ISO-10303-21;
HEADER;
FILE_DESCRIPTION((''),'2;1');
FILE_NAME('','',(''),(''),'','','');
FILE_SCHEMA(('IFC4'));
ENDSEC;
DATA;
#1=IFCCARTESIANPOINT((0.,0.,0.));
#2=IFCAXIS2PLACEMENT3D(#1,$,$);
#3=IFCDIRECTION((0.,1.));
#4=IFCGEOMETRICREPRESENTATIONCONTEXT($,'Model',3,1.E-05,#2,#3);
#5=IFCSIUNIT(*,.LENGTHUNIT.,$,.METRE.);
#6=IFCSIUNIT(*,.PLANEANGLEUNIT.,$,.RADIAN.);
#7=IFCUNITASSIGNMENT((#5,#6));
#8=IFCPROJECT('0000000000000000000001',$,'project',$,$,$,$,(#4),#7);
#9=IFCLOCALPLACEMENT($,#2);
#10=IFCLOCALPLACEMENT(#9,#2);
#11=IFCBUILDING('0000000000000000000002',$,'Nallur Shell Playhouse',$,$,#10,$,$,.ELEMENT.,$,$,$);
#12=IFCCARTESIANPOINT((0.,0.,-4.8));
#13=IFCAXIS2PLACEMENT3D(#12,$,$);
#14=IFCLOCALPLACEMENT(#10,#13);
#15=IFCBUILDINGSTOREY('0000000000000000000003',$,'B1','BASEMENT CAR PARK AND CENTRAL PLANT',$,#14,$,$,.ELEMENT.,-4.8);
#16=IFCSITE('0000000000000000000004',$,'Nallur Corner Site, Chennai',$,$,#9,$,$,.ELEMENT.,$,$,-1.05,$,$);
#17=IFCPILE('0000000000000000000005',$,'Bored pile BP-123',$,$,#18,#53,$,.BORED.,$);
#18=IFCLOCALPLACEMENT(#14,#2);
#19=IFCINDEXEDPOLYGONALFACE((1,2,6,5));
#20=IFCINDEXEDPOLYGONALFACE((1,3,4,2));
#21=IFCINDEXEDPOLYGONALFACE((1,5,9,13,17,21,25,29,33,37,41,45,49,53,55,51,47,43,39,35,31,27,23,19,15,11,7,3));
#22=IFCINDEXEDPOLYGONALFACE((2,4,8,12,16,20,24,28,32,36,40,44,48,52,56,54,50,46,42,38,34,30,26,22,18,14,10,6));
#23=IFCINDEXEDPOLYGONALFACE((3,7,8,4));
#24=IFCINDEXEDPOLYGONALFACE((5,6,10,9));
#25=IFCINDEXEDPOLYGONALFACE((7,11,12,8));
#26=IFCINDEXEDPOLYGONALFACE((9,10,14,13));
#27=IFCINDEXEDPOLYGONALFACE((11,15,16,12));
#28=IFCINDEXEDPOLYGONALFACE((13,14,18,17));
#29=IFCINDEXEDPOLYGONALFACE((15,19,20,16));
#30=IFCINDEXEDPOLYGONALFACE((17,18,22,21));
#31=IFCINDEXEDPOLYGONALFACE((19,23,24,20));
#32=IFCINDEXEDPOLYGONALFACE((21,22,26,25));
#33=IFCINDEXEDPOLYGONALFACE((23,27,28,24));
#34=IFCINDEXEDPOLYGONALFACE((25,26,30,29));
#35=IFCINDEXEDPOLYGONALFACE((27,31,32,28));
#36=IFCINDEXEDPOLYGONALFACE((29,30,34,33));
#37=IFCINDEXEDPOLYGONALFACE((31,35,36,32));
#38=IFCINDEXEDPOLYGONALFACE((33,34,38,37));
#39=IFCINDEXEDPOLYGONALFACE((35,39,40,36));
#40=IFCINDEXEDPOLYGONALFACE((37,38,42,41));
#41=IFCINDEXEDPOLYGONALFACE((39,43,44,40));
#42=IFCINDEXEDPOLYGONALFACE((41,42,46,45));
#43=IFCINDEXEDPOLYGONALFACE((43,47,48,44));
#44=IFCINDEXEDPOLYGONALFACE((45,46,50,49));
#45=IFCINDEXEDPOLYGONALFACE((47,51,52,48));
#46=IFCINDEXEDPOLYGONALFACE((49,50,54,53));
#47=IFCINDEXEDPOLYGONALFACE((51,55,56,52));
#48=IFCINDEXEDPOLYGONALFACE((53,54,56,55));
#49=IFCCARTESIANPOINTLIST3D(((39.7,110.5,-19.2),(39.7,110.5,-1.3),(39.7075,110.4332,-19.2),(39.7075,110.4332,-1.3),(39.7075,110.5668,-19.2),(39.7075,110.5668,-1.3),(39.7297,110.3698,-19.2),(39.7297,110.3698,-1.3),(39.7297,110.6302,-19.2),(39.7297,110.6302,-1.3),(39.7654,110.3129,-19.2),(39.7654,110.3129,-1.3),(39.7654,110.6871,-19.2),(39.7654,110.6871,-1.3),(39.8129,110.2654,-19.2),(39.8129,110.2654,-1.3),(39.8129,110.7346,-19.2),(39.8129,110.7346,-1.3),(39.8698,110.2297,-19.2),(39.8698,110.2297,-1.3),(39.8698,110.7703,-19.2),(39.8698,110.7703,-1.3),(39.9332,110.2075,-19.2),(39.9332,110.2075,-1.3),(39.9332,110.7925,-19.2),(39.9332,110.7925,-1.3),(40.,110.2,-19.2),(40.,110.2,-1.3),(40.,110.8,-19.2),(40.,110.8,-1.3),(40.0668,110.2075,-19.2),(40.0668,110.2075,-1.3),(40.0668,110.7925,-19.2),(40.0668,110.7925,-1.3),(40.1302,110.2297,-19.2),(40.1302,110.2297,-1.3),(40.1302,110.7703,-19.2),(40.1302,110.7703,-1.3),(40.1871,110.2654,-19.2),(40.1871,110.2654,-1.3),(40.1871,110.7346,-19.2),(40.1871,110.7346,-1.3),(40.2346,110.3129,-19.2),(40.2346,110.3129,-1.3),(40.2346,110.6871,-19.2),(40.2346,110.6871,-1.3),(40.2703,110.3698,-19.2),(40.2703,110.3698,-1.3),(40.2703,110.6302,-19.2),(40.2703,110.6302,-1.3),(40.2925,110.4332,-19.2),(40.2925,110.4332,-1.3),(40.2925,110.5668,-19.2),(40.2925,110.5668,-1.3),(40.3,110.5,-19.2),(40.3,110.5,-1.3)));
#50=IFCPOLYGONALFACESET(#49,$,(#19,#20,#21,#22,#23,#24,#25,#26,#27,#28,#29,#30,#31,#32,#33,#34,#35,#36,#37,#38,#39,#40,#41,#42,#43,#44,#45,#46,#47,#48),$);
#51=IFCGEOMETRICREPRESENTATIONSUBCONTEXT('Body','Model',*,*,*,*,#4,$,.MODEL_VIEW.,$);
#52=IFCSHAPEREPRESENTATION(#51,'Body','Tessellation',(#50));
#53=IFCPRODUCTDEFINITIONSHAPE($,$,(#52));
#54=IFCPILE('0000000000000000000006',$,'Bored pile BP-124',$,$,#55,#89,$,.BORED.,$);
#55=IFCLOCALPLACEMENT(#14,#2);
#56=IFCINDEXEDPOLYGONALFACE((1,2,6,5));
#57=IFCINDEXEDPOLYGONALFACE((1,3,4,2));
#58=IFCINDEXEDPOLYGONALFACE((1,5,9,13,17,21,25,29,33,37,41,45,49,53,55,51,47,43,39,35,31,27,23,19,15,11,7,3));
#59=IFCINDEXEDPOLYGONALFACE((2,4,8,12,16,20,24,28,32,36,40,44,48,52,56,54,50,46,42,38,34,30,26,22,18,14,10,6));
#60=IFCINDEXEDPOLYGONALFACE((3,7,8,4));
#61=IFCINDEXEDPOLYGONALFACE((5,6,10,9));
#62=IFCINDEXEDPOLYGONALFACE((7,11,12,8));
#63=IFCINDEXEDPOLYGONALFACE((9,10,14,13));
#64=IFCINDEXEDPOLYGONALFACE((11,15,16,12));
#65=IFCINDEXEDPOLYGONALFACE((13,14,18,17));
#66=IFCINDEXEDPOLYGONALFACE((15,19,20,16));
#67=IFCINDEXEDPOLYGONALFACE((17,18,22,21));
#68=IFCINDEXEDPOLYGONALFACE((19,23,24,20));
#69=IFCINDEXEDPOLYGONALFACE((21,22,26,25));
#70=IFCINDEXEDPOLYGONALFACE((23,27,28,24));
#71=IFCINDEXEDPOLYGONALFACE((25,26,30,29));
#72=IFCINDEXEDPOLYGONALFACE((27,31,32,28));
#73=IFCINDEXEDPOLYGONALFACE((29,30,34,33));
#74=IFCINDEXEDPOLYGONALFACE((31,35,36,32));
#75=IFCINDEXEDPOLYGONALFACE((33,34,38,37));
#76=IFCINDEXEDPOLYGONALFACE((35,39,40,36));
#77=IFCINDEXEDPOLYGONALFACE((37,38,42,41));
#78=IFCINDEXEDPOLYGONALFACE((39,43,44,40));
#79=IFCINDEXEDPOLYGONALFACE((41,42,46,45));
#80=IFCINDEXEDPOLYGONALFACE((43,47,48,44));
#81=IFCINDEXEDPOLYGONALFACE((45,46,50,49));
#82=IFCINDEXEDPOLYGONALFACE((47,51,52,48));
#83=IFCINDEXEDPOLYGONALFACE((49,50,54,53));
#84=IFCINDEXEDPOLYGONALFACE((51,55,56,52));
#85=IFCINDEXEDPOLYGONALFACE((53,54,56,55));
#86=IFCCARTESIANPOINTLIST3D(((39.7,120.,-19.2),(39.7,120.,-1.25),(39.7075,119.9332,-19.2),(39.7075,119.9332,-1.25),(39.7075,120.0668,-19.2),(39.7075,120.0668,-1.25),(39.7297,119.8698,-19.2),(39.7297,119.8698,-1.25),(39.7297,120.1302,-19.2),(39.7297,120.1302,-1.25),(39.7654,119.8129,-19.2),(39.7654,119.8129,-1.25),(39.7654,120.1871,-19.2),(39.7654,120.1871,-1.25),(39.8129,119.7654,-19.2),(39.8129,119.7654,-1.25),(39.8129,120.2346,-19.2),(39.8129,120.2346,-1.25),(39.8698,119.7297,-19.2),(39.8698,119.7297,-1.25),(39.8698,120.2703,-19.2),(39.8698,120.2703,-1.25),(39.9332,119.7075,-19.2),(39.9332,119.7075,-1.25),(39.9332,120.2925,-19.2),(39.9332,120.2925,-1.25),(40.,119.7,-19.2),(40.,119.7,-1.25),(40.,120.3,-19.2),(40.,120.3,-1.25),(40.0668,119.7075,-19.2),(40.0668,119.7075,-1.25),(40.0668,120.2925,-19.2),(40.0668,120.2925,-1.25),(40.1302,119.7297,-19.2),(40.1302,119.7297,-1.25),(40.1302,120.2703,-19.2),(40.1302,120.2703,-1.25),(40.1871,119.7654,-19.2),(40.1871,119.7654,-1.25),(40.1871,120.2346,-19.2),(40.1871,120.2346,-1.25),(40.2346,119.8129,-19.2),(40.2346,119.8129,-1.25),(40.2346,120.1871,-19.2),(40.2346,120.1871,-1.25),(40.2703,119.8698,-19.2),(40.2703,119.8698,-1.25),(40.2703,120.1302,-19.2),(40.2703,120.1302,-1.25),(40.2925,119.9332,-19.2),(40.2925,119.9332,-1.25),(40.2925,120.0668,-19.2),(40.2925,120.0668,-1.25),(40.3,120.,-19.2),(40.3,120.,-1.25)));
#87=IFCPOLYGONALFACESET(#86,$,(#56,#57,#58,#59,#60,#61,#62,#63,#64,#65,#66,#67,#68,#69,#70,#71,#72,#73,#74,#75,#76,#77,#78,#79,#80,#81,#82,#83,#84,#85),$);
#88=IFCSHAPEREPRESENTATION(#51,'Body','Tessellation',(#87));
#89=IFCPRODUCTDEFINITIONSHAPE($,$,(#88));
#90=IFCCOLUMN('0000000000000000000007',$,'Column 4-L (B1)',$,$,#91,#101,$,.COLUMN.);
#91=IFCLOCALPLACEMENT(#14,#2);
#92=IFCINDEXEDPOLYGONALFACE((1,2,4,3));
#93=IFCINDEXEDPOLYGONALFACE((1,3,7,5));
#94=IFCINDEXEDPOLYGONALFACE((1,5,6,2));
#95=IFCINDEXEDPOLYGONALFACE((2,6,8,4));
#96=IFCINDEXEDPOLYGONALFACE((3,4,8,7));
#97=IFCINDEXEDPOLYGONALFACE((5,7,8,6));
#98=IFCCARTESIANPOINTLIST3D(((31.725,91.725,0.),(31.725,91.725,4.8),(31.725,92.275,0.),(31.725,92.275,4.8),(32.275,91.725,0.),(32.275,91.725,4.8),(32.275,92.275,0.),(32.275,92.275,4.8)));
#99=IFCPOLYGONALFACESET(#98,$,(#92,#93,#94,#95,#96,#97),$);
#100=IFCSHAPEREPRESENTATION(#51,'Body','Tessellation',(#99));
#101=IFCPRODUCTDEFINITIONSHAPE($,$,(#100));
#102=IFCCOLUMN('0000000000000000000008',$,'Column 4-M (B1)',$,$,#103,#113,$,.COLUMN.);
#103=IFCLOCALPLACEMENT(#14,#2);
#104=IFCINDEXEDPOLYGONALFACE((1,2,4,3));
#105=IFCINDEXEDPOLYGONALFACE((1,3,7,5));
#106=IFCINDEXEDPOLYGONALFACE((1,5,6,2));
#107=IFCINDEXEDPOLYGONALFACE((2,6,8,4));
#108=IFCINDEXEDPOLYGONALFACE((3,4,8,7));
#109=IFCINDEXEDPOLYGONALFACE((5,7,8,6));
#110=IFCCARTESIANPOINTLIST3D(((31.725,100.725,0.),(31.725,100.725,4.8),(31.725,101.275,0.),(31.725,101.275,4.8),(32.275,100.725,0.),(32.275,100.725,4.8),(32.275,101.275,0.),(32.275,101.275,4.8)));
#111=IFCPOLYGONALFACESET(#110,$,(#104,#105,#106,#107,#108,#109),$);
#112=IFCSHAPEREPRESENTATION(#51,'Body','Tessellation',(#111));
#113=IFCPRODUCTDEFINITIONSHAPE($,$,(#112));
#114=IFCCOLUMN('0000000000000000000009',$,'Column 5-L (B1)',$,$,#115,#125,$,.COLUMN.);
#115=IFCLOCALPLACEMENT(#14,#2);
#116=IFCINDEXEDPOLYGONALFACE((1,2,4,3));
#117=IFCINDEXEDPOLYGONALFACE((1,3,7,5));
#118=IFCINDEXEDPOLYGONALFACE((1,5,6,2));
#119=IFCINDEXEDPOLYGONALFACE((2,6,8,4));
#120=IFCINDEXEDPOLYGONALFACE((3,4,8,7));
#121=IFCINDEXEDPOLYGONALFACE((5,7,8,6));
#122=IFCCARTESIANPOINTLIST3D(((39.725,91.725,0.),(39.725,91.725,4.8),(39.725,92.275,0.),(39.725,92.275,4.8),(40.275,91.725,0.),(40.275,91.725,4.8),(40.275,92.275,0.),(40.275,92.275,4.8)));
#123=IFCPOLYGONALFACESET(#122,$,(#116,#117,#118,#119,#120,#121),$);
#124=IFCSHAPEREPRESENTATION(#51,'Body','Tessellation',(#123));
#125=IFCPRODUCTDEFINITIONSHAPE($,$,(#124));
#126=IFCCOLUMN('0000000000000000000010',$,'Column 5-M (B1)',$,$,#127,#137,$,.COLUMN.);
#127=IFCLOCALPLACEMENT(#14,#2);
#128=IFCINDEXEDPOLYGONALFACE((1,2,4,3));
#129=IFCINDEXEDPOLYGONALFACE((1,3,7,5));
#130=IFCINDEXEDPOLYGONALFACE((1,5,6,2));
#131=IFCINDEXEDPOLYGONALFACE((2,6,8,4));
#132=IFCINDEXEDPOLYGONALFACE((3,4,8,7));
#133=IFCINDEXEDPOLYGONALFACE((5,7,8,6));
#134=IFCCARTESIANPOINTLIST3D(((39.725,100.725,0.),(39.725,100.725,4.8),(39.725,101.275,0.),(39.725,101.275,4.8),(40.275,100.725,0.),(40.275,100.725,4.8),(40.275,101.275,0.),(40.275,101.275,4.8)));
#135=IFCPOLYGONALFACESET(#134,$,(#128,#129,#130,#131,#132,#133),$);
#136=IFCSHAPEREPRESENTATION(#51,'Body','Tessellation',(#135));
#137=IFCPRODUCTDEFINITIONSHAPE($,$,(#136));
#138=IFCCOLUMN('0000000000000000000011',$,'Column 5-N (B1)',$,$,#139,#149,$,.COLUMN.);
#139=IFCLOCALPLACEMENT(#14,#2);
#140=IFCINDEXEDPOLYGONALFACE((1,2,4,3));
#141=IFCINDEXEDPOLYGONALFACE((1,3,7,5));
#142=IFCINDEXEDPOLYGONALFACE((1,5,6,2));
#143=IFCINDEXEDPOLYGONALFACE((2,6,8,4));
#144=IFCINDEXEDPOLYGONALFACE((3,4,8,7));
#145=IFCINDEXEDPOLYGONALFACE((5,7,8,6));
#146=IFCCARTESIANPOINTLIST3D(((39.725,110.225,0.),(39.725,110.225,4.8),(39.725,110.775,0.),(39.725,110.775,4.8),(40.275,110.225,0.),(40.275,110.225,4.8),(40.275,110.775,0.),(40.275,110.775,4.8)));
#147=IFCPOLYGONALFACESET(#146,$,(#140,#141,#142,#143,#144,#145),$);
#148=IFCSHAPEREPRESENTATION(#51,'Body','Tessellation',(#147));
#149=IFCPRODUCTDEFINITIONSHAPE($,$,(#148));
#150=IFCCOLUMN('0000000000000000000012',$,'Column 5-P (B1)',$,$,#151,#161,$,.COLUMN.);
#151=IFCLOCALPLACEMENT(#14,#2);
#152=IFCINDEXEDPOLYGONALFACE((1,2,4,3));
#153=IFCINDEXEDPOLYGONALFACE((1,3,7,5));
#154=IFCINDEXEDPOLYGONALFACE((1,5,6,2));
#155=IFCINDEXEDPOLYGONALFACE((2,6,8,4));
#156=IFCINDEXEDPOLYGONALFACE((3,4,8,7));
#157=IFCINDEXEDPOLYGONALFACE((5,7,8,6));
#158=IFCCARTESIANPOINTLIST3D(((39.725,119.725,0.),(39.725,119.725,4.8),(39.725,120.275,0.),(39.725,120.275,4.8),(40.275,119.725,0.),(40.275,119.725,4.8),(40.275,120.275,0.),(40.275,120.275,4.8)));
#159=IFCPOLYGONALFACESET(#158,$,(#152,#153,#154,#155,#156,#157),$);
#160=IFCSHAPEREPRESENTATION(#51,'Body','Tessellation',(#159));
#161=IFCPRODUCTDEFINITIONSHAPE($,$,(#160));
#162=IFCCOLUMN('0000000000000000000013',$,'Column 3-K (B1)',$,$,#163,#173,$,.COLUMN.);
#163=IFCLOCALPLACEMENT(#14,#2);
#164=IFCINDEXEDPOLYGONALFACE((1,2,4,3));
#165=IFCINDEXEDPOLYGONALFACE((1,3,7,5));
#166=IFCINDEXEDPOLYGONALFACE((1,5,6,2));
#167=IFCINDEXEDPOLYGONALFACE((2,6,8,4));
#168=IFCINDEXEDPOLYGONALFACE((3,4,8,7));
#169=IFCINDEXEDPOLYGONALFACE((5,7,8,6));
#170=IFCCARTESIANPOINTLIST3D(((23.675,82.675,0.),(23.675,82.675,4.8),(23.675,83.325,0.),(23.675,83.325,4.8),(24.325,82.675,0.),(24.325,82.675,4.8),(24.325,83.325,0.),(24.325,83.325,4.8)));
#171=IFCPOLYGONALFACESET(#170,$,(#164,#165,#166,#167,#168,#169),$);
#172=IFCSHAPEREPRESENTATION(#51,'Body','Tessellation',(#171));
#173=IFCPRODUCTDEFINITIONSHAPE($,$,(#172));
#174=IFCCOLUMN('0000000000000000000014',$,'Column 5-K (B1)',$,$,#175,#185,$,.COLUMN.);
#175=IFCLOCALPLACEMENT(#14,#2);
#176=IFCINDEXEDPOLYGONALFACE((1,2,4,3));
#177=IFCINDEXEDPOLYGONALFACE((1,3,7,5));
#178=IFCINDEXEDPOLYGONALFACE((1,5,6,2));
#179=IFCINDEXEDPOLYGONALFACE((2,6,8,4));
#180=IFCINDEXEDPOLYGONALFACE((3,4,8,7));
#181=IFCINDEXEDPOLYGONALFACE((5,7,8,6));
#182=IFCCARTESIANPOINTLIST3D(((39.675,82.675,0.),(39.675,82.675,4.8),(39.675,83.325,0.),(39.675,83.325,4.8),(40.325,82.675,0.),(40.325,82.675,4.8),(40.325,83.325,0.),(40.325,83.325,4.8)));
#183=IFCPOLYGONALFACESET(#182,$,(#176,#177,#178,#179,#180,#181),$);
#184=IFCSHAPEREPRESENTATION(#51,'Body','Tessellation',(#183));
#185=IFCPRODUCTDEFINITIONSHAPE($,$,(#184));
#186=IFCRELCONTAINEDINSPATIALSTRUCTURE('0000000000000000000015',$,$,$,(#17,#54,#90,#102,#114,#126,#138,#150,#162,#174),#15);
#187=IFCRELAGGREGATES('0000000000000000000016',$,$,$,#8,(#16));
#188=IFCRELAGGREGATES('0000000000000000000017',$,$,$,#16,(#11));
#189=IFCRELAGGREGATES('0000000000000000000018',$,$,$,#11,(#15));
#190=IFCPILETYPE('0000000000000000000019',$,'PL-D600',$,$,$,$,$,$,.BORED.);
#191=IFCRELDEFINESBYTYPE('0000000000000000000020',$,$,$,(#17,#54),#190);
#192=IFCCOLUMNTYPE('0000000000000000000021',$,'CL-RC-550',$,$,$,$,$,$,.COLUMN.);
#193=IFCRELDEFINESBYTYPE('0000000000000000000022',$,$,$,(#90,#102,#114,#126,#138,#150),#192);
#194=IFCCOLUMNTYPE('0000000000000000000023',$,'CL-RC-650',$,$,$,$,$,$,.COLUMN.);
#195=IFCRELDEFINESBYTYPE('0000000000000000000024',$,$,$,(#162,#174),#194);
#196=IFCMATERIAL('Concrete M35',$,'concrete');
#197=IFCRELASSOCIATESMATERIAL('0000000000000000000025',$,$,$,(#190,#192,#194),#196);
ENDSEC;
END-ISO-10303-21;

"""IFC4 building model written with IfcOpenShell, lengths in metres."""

from ifc_helpers import new_model, si_unit, direction, frame, origin, origin_2d, place, context, subcontext, project, spatial, rectangle, circle, extrude, material, material_profile, profile_set, type_object, element, save


model = new_model("IFC4")

# Units and contexts
model_context = context("Model", 3, precision=1e-05, world=origin(), true_north=direction((0.0, 1.0)))
body_context = subcontext(model_context, "Body", "Model", "MODEL_VIEW")
ifc_project = project(units=[si_unit("LENGTHUNIT", "METRE"), si_unit("PLANEANGLEUNIT", "RADIAN")], contexts=[model_context])

# Site, building, storey
site_placement = place(None, origin())
site = spatial("IfcSite", under=ifc_project, at=site_placement, Name="Nallur Corner Site, Chennai", CompositionType="ELEMENT", RefElevation=-1.05)
building_placement = place(site_placement, origin())
building = spatial("IfcBuilding", under=site, at=building_placement, Name="Nallur Shell Playhouse", CompositionType="ELEMENT")
storey_placement = place(building_placement, frame((0.0, 0.0, -4.8)))
storey = spatial("IfcBuildingStorey", under=building, at=storey_placement, Name="B1", Description="BASEMENT CAR PARK AND CENTRAL PLANT", CompositionType="ELEMENT", Elevation=-4.8)

# Shared definitions
ifc_material = material(Name="Concrete M35", Category="concrete")

# Piles
ifc_material_profile_1 = material_profile(ifc_material, circle(Radius=0.3, at=origin_2d()), Name="BORED PILE D600")
ifc_profile_set_1 = profile_set([ifc_material_profile_1], Name="Concrete M35")
pile_type = type_object("IfcPileType", Name="PL-D600", PredefinedType="BORED", material=ifc_profile_set_1)
pile_1_placement = place(storey_placement, frame((40.0, 110.5, -1.3), z_axis=(0.0, 0.0, -1.0), x_axis=(1.0, 0.0, 0.0)))
element("IfcPile", 1, at=pile_1_placement, inside=storey, type_object=pile_type, Name="Bored pile BP-123", PredefinedType="BORED", context=body_context, shape_type="SweptSolid", body=[
    extrude(circle(Radius=0.3, at=origin_2d()), origin(), (0.0, 0.0, 1.0), 17.8999),
])
pile_2_placement = place(storey_placement, frame((40.0, 120.0, -1.25), z_axis=(0.0, 0.0, -1.0), x_axis=(1.0, 0.0, 0.0)))
element("IfcPile", 2, at=pile_2_placement, inside=storey, type_object=pile_type, Name="Bored pile BP-124", PredefinedType="BORED", context=body_context, shape_type="SweptSolid", body=[
    extrude(circle(Radius=0.3, at=origin_2d()), origin(), (0.0, 0.0, 1.0), 17.95),
])

# Columns
ifc_material_profile_2 = material_profile(ifc_material, rectangle(XDim=0.55, YDim=0.55, at=origin_2d()), Name="RC 550x550")
ifc_profile_set_2 = profile_set([ifc_material_profile_2], Name="Concrete M35")
column_type_1 = type_object("IfcColumnType", Name="CL-RC-550", PredefinedType="COLUMN", material=ifc_profile_set_2)
for number, where, z_axis, x_axis, name in (
    (3, (32.0, 92.0, 0.0), (0.0, 0.0, 1.0), (1.0, 0.0, 0.0), "Column 4-L (B1)"),
    (4, (32.0, 101.0, 0.0), (0.0, 0.0, 1.0), (1.0, 0.0, 0.0), "Column 4-M (B1)"),
    (5, (40.0, 92.0, 0.0), (0.0, 0.0, 1.0), (1.0, 0.0, 0.0), "Column 5-L (B1)"),
    (6, (40.0, 101.0, 0.0), (0.0, 0.0, 1.0), (1.0, 0.0, 0.0), "Column 5-M (B1)"),
    (7, (40.0, 110.5, 0.0), (0.0, 0.0, 1.0), (1.0, 0.0, 0.0), "Column 5-N (B1)"),
    (8, (40.0, 120.0, 0.0), (0.0, 0.0, 1.0), (1.0, 0.0, 0.0), "Column 5-P (B1)"),
):
    element("IfcColumn", number, at=place(storey_placement, frame(where, z_axis=z_axis, x_axis=x_axis)), inside=storey, type_object=column_type_1, Name=name, PredefinedType="COLUMN", context=body_context, shape_type="SweptSolid", body=[
        extrude(rectangle(XDim=0.55, YDim=0.55, at=origin_2d()), origin(), (0.0, 0.0, 1.0), 4.8),
    ])
ifc_material_profile_3 = material_profile(ifc_material, rectangle(XDim=0.6499, YDim=0.6499, at=origin_2d()), Name="RC 650x650")
ifc_profile_set_3 = profile_set([ifc_material_profile_3], Name="Concrete M35")
column_type_2 = type_object("IfcColumnType", Name="CL-RC-650", PredefinedType="COLUMN", material=ifc_profile_set_3)
for number, where, z_axis, x_axis, name in (
    (9, (24.0, 83.0, 0.0), (0.0, 0.0, 1.0), (1.0, 0.0, 0.0), "Column 3-K (B1)"),
    (10, (40.0, 83.0, 0.0), (0.0, 0.0, 1.0), (1.0, 0.0, 0.0), "Column 5-K (B1)"),
):
    element("IfcColumn", number, at=place(storey_placement, frame(where, z_axis=z_axis, x_axis=x_axis)), inside=storey, type_object=column_type_2, Name=name, PredefinedType="COLUMN", context=body_context, shape_type="SweptSolid", body=[
        extrude(rectangle(XDim=0.6499, YDim=0.6499, at=origin_2d()), origin(), (0.0, 0.0, 1.0), 4.8),
    ])

save(model, "model.ifc")
